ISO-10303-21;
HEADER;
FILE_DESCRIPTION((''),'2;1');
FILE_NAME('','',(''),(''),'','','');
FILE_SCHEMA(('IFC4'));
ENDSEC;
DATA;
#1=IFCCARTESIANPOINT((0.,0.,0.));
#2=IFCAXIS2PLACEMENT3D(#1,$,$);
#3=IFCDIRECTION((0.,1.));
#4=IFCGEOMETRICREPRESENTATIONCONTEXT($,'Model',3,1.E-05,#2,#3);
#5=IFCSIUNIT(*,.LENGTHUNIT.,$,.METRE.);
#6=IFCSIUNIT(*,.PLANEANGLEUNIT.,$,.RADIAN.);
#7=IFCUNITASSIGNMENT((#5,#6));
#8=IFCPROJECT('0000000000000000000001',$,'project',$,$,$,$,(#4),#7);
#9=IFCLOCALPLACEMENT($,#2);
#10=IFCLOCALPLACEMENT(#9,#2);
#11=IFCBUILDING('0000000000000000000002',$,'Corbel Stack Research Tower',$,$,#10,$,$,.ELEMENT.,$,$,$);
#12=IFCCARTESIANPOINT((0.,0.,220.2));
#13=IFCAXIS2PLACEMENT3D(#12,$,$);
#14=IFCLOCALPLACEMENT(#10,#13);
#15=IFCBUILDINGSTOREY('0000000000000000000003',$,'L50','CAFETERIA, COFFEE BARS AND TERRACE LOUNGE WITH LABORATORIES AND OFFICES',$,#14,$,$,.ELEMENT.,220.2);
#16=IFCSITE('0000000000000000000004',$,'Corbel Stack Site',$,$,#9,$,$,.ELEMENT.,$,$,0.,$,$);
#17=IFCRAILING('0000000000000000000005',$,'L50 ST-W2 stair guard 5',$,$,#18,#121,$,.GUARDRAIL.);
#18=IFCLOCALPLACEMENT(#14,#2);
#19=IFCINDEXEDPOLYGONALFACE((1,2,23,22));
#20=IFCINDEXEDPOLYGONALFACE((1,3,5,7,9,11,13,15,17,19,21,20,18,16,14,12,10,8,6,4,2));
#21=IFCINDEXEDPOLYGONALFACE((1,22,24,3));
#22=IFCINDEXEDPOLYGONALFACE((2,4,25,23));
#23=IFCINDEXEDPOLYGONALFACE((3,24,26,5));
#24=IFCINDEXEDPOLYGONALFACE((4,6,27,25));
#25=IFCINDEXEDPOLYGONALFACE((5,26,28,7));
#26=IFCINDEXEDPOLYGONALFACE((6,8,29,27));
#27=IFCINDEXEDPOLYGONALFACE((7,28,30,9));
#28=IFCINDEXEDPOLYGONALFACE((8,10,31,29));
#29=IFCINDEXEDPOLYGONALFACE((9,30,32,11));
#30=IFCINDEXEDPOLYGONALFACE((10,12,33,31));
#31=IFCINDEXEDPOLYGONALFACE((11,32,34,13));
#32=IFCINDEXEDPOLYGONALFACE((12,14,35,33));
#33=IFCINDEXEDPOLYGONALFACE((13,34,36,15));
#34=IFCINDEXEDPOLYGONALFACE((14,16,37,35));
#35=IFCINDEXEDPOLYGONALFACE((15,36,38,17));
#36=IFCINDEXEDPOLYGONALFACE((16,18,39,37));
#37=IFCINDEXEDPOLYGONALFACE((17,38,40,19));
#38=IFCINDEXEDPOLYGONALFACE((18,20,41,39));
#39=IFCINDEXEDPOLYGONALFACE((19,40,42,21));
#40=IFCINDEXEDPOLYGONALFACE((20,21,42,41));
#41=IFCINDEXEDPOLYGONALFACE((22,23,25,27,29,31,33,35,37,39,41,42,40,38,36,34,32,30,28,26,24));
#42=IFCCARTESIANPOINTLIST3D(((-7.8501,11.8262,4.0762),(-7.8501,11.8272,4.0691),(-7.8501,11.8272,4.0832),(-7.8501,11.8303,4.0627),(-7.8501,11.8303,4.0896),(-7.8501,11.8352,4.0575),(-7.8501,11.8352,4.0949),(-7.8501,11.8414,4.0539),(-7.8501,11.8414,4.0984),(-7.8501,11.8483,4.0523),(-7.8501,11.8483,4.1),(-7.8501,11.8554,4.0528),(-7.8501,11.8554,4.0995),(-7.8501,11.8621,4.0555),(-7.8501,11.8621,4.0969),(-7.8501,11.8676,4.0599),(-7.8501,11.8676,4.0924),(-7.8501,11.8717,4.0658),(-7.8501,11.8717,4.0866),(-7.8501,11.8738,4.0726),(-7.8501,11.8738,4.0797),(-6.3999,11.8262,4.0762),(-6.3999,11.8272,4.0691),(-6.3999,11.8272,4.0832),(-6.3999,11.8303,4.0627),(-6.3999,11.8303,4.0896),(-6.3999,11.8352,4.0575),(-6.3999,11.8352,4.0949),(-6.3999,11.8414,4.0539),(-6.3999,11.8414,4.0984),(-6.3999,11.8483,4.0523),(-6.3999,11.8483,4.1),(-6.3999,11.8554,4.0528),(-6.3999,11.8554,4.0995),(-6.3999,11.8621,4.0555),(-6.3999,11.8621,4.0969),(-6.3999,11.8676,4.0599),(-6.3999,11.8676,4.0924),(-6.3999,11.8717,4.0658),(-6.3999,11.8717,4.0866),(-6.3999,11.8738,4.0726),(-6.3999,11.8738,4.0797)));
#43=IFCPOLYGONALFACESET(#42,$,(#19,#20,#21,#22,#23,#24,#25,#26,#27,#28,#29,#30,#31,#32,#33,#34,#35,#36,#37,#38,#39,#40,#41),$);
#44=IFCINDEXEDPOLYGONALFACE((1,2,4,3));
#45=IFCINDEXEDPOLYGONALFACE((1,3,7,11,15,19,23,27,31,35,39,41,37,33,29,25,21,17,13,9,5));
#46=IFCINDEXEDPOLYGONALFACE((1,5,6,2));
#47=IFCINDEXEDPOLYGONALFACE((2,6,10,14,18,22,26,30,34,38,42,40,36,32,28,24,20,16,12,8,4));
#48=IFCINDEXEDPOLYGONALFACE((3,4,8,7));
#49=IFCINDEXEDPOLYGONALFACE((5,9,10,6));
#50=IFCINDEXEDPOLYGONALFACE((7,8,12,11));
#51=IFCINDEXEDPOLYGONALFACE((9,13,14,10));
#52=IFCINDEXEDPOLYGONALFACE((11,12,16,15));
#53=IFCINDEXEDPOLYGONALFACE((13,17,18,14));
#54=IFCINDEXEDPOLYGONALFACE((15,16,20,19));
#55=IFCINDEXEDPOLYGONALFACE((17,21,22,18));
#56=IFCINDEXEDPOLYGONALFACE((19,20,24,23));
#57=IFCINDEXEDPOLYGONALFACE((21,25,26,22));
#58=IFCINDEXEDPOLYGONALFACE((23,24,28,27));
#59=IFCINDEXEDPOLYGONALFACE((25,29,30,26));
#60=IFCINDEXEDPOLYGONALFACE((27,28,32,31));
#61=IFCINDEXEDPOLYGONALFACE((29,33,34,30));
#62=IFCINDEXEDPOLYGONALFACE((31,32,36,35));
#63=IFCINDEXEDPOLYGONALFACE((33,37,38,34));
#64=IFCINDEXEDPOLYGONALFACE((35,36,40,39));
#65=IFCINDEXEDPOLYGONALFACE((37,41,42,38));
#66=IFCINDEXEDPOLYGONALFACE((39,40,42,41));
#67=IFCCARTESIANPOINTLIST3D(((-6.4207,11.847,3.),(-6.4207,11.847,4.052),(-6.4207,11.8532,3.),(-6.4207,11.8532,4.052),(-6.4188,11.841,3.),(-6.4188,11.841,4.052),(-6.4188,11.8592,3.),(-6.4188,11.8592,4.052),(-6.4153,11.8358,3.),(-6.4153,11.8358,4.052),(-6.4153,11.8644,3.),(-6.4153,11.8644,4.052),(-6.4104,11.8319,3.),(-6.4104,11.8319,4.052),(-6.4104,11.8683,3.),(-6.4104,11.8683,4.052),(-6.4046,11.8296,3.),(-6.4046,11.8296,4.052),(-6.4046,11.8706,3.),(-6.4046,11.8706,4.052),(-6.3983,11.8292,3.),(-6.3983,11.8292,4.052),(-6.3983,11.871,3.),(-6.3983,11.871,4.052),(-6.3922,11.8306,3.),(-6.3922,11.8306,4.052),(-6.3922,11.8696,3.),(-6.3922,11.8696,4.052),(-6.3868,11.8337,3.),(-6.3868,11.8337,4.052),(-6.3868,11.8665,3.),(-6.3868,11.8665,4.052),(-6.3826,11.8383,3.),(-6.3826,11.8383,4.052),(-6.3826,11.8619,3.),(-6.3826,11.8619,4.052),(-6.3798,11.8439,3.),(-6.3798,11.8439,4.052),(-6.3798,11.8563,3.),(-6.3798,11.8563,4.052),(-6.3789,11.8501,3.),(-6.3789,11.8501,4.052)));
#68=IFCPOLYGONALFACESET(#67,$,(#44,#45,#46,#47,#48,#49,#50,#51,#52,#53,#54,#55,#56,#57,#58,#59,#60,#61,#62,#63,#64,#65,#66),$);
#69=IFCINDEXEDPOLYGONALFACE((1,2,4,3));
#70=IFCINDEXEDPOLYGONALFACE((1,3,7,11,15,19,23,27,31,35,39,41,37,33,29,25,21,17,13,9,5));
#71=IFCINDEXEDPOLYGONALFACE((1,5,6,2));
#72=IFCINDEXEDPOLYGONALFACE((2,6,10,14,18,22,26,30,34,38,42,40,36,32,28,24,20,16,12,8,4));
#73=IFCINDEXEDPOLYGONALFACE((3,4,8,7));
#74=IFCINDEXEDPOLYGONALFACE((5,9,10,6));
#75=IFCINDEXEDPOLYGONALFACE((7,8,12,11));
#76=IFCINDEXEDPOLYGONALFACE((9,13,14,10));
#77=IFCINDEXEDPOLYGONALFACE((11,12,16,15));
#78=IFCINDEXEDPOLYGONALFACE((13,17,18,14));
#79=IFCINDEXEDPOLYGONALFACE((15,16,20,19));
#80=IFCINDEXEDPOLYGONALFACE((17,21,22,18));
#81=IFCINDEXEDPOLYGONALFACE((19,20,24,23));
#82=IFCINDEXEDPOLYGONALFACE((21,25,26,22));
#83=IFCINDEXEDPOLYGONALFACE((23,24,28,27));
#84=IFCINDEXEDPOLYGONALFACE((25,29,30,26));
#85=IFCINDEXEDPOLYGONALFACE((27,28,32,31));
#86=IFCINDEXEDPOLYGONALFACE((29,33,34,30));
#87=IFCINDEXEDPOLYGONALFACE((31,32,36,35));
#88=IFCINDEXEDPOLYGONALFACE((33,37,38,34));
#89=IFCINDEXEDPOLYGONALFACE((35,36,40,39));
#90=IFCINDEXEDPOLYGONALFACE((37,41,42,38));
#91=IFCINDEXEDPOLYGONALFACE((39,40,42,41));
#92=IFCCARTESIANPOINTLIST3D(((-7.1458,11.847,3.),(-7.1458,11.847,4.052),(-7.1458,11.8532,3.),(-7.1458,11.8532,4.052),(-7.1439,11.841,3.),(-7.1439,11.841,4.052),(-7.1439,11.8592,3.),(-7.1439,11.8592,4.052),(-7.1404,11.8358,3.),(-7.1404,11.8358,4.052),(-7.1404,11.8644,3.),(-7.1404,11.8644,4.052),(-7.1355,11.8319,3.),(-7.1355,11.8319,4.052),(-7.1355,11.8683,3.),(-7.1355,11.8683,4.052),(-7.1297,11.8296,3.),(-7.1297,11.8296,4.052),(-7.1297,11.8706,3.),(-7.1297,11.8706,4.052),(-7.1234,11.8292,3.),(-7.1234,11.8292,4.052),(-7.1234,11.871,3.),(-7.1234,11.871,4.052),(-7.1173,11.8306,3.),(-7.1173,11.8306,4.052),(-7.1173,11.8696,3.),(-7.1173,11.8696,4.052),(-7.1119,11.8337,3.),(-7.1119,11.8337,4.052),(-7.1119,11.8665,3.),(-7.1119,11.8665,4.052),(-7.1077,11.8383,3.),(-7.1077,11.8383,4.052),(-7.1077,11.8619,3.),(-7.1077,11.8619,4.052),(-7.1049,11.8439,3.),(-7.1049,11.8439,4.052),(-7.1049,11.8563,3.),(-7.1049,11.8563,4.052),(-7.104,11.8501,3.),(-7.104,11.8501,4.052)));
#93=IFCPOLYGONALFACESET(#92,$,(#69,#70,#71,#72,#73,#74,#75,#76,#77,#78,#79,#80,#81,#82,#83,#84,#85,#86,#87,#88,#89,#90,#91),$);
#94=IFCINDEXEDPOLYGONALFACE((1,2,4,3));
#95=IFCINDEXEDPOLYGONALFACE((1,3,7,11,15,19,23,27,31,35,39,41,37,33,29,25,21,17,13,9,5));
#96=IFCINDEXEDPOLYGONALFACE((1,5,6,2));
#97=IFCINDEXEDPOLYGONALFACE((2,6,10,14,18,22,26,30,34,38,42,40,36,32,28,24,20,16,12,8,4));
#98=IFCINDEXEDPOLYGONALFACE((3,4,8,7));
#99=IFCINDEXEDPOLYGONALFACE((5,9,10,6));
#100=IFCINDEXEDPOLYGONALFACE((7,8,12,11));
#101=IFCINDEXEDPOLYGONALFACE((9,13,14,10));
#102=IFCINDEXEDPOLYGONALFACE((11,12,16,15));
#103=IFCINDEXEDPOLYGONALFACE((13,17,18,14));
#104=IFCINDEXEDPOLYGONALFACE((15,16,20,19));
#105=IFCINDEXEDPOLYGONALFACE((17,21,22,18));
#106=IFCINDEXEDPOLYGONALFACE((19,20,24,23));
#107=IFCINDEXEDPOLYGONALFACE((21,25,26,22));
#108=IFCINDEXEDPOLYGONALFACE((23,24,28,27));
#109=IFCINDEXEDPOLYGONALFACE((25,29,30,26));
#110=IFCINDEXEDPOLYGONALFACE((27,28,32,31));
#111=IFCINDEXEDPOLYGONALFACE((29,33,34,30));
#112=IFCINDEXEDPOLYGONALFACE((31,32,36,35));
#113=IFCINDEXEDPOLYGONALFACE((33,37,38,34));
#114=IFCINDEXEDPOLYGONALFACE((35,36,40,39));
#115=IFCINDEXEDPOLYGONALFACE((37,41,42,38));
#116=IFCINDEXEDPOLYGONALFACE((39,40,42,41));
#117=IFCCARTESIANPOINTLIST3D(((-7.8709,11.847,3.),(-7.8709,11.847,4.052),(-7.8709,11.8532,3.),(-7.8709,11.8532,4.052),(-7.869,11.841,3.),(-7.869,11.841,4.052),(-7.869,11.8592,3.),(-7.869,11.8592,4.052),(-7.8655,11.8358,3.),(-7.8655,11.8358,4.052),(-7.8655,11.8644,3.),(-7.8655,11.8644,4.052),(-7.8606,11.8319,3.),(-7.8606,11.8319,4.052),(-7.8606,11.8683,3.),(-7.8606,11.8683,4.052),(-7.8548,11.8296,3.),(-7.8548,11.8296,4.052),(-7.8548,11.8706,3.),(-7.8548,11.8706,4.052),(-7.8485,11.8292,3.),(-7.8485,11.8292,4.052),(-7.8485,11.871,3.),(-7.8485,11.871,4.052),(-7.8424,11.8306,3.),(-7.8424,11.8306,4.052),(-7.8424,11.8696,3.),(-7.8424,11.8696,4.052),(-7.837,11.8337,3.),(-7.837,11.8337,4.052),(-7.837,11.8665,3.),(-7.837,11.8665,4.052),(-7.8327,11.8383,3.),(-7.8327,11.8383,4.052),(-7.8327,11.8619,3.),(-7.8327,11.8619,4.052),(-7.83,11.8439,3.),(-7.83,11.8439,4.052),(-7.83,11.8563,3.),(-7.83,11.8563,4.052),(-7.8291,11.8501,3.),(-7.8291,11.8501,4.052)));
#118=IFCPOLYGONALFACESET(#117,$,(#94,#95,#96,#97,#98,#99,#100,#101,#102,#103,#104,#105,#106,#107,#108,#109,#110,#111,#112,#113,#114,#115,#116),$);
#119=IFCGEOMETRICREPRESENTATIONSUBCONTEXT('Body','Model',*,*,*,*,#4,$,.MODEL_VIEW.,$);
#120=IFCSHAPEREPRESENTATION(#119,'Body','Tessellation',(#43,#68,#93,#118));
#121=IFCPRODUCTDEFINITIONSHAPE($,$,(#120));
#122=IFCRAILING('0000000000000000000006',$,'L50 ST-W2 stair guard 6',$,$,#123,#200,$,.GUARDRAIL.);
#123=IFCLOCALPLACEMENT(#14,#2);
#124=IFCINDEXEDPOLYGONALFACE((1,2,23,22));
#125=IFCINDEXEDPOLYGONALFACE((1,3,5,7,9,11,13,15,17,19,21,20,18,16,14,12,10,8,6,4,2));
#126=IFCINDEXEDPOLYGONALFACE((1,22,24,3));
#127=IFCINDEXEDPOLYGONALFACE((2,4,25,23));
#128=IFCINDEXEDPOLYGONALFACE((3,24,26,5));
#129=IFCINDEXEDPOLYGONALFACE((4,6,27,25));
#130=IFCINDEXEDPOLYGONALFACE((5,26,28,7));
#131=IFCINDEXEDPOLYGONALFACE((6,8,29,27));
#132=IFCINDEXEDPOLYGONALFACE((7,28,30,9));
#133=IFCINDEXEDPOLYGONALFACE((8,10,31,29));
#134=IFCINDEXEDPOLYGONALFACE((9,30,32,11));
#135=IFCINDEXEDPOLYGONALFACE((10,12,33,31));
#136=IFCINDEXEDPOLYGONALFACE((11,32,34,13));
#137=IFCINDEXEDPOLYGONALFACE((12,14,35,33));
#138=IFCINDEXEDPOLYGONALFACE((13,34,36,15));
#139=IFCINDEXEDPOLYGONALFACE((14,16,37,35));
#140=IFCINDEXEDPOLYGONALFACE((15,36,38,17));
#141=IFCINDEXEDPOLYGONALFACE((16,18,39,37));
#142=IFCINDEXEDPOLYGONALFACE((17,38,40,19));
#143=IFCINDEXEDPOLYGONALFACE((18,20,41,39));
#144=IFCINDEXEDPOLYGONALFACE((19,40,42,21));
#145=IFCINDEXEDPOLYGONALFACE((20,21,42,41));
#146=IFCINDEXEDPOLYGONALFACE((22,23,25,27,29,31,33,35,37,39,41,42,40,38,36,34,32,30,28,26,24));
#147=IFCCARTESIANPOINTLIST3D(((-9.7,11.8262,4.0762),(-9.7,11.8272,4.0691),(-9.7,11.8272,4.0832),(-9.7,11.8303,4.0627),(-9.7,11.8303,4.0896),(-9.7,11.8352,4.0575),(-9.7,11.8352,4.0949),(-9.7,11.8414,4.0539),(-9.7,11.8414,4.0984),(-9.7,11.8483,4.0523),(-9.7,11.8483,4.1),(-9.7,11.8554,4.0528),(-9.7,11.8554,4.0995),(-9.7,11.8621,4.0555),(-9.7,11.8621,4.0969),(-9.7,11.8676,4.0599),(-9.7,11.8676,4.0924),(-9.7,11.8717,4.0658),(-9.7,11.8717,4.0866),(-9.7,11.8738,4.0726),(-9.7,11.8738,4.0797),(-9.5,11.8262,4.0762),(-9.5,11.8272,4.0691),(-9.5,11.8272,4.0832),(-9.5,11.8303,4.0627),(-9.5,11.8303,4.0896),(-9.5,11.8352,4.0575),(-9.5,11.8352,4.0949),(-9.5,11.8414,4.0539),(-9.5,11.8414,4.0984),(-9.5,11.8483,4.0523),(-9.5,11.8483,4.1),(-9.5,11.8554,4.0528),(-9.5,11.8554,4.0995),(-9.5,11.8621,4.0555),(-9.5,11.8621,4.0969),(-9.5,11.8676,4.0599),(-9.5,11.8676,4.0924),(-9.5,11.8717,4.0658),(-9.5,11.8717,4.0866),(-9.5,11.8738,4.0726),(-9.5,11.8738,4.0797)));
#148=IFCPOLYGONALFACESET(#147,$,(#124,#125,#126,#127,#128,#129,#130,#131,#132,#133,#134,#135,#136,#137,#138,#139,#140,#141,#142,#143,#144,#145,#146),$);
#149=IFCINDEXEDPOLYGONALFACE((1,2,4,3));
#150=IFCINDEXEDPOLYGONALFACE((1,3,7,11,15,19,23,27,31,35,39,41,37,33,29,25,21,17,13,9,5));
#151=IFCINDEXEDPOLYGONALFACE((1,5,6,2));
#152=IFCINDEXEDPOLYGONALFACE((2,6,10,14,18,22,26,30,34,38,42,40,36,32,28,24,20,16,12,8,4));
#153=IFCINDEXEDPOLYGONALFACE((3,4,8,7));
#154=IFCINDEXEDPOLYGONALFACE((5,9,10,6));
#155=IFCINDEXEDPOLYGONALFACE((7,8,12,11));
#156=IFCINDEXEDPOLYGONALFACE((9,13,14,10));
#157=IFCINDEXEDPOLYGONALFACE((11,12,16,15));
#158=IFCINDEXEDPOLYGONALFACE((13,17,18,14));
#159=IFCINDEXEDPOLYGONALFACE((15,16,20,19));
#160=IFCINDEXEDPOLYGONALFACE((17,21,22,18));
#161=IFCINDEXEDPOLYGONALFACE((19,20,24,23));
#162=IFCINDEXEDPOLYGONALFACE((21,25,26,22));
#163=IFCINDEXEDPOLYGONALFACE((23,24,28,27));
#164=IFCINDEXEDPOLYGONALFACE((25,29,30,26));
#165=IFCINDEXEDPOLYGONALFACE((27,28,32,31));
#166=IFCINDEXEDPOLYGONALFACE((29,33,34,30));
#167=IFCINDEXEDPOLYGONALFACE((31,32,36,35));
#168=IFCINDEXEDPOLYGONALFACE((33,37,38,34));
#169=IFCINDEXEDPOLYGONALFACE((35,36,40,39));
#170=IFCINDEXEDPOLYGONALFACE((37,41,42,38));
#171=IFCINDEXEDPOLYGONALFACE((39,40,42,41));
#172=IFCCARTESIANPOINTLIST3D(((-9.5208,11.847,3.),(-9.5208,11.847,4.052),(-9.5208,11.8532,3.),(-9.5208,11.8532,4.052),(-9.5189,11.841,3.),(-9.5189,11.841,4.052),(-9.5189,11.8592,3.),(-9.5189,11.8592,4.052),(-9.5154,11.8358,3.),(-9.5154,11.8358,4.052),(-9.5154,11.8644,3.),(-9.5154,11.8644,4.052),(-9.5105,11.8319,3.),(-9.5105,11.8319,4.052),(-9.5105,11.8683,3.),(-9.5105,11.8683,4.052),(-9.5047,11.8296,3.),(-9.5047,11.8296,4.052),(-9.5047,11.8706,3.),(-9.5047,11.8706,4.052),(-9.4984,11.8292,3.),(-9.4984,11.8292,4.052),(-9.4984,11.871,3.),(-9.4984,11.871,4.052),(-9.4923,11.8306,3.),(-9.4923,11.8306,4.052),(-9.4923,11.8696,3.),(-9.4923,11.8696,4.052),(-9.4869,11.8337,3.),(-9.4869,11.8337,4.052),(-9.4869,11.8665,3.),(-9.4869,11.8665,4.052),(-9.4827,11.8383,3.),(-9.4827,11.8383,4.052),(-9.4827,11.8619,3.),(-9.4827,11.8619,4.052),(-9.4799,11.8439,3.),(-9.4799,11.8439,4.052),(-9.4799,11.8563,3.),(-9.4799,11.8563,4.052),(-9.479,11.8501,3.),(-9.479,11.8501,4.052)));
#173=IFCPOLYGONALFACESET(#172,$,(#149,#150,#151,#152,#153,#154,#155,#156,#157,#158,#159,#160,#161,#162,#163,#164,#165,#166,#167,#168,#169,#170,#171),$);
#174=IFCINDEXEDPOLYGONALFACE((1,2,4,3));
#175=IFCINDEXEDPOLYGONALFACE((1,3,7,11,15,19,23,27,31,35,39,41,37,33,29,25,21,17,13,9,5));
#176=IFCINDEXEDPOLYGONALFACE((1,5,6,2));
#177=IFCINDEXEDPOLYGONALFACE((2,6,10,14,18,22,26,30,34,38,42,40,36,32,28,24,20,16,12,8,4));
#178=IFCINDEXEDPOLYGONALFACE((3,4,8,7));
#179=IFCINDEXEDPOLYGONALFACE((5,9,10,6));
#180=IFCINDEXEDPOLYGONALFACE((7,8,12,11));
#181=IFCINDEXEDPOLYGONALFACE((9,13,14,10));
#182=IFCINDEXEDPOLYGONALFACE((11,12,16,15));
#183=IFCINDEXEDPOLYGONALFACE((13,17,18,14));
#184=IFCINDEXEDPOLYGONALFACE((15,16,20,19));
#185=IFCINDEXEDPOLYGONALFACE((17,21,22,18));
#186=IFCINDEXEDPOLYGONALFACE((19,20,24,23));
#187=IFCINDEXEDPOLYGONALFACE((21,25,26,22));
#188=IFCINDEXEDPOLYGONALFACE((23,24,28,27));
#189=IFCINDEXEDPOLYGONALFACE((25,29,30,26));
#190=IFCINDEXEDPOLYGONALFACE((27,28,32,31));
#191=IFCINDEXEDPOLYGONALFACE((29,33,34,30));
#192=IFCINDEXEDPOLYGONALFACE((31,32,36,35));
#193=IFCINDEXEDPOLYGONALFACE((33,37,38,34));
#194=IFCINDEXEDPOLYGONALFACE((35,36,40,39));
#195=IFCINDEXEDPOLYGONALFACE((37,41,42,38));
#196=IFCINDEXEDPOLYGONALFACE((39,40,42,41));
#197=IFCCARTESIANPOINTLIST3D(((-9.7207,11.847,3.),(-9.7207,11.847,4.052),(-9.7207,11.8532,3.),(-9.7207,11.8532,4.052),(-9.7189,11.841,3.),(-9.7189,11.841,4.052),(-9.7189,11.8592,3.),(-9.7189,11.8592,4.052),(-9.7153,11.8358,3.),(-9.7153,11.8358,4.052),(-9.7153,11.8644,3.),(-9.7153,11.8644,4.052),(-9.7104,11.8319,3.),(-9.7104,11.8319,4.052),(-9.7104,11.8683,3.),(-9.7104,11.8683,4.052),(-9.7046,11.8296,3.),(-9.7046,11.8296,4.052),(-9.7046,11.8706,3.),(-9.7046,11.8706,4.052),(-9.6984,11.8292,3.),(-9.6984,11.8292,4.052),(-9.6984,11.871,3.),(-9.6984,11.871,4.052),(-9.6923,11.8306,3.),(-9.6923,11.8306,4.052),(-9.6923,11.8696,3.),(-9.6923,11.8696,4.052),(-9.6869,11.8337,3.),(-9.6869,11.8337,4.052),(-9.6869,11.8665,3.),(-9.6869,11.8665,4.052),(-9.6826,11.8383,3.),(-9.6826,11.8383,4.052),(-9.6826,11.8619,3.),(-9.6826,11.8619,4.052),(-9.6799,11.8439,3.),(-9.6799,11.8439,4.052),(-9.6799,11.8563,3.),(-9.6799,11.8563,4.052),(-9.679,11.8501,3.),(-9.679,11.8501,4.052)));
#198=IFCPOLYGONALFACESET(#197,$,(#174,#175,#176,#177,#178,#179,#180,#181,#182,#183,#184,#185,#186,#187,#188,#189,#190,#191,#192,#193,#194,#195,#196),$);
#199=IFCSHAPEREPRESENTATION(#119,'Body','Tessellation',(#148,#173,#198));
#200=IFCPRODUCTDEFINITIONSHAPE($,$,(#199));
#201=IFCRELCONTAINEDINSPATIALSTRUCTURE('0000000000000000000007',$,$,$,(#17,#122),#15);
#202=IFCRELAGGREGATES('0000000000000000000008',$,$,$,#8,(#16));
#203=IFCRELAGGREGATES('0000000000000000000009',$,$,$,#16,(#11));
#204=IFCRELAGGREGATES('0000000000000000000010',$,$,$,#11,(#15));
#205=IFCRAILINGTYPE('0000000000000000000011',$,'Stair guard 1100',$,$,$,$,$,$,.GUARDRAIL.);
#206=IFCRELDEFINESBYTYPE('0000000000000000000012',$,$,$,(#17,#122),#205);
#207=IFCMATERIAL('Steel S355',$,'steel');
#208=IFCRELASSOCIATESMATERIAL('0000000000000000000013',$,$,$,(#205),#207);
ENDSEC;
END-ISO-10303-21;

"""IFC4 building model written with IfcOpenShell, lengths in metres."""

from ifc_helpers import new_model, si_unit, direction, frame, origin, origin_2d, place, context, subcontext, project, spatial, circle, extrude, material, type_object, element, save


model = new_model("IFC4")

# Units and contexts
model_context = context("Model", 3, precision=1e-05, world=origin(), true_north=direction((0.0, 1.0)))
body_context = subcontext(model_context, "Body", "Model", "MODEL_VIEW")
ifc_project = project(units=[si_unit("LENGTHUNIT", "METRE"), si_unit("PLANEANGLEUNIT", "RADIAN")], contexts=[model_context])

# Site, building, storey
site_placement = place(None, origin())
site = spatial("IfcSite", under=ifc_project, at=site_placement, Name="Corbel Stack Site", CompositionType="ELEMENT", RefElevation=0.0)
building_placement = place(site_placement, origin())
building = spatial("IfcBuilding", under=site, at=building_placement, Name="Corbel Stack Research Tower", CompositionType="ELEMENT")
storey_placement = place(building_placement, frame((0.0, 0.0, 220.2)))
storey = spatial("IfcBuildingStorey", under=building, at=storey_placement, Name="L50", Description="CAFETERIA, COFFEE BARS AND TERRACE LOUNGE WITH LABORATORIES AND OFFICES", CompositionType="ELEMENT", Elevation=220.2)

# Railings
ifc_material_1 = material(Name="Steel S355", Category="steel")
railing_type = type_object("IfcRailingType", Name="Stair guard 1100", PredefinedType="GUARDRAIL", material=ifc_material_1)
railing_1_placement = place(storey_placement, frame((-6.3999, 11.8501, 3.0)))
element("IfcRailing", 1, at=railing_1_placement, inside=storey, type_object=railing_type, Name="L50 ST-W2 stair guard 5", PredefinedType="GUARDRAIL", context=body_context, shape_type="SweptSolid", body=[
    extrude(circle(Radius=0.0239, at=origin_2d()), frame((0.0, 0.0, 1.0762), z_axis=(-1.0, 0.0, 0.0), x_axis=(0.0, -1.0, 0.0)), (0.0, 0.0, 1.0), 1.4502),
    extrude(circle(Radius=0.021, at=origin_2d()), origin(), (0.0, 0.0, 1.0), 1.052),
    extrude(circle(Radius=0.021, at=origin_2d()), frame((-0.7251, 0.0, 0.0)), (0.0, 0.0, 1.0), 1.052),
    extrude(circle(Radius=0.021, at=origin_2d()), frame((-1.4502, 0.0, 0.0)), (0.0, 0.0, 1.0), 1.052),
])
railing_2_placement = place(storey_placement, frame((-9.5, 11.8501, 3.0)))
element("IfcRailing", 2, at=railing_2_placement, inside=storey, type_object=railing_type, Name="L50 ST-W2 stair guard 6", PredefinedType="GUARDRAIL", context=body_context, shape_type="SweptSolid", body=[
    extrude(circle(Radius=0.0239, at=origin_2d()), frame((0.0, 0.0, 1.0762), z_axis=(-1.0, 0.0, 0.0), x_axis=(0.0, -1.0, 0.0)), (0.0, 0.0, 1.0), 0.2),
    extrude(circle(Radius=0.021, at=origin_2d()), origin(), (0.0, 0.0, 1.0), 1.052),
    extrude(circle(Radius=0.021, at=origin_2d()), frame((-0.2, 0.0, 0.0)), (0.0, 0.0, 1.0), 1.052),
])

save(model, "model.ifc")
